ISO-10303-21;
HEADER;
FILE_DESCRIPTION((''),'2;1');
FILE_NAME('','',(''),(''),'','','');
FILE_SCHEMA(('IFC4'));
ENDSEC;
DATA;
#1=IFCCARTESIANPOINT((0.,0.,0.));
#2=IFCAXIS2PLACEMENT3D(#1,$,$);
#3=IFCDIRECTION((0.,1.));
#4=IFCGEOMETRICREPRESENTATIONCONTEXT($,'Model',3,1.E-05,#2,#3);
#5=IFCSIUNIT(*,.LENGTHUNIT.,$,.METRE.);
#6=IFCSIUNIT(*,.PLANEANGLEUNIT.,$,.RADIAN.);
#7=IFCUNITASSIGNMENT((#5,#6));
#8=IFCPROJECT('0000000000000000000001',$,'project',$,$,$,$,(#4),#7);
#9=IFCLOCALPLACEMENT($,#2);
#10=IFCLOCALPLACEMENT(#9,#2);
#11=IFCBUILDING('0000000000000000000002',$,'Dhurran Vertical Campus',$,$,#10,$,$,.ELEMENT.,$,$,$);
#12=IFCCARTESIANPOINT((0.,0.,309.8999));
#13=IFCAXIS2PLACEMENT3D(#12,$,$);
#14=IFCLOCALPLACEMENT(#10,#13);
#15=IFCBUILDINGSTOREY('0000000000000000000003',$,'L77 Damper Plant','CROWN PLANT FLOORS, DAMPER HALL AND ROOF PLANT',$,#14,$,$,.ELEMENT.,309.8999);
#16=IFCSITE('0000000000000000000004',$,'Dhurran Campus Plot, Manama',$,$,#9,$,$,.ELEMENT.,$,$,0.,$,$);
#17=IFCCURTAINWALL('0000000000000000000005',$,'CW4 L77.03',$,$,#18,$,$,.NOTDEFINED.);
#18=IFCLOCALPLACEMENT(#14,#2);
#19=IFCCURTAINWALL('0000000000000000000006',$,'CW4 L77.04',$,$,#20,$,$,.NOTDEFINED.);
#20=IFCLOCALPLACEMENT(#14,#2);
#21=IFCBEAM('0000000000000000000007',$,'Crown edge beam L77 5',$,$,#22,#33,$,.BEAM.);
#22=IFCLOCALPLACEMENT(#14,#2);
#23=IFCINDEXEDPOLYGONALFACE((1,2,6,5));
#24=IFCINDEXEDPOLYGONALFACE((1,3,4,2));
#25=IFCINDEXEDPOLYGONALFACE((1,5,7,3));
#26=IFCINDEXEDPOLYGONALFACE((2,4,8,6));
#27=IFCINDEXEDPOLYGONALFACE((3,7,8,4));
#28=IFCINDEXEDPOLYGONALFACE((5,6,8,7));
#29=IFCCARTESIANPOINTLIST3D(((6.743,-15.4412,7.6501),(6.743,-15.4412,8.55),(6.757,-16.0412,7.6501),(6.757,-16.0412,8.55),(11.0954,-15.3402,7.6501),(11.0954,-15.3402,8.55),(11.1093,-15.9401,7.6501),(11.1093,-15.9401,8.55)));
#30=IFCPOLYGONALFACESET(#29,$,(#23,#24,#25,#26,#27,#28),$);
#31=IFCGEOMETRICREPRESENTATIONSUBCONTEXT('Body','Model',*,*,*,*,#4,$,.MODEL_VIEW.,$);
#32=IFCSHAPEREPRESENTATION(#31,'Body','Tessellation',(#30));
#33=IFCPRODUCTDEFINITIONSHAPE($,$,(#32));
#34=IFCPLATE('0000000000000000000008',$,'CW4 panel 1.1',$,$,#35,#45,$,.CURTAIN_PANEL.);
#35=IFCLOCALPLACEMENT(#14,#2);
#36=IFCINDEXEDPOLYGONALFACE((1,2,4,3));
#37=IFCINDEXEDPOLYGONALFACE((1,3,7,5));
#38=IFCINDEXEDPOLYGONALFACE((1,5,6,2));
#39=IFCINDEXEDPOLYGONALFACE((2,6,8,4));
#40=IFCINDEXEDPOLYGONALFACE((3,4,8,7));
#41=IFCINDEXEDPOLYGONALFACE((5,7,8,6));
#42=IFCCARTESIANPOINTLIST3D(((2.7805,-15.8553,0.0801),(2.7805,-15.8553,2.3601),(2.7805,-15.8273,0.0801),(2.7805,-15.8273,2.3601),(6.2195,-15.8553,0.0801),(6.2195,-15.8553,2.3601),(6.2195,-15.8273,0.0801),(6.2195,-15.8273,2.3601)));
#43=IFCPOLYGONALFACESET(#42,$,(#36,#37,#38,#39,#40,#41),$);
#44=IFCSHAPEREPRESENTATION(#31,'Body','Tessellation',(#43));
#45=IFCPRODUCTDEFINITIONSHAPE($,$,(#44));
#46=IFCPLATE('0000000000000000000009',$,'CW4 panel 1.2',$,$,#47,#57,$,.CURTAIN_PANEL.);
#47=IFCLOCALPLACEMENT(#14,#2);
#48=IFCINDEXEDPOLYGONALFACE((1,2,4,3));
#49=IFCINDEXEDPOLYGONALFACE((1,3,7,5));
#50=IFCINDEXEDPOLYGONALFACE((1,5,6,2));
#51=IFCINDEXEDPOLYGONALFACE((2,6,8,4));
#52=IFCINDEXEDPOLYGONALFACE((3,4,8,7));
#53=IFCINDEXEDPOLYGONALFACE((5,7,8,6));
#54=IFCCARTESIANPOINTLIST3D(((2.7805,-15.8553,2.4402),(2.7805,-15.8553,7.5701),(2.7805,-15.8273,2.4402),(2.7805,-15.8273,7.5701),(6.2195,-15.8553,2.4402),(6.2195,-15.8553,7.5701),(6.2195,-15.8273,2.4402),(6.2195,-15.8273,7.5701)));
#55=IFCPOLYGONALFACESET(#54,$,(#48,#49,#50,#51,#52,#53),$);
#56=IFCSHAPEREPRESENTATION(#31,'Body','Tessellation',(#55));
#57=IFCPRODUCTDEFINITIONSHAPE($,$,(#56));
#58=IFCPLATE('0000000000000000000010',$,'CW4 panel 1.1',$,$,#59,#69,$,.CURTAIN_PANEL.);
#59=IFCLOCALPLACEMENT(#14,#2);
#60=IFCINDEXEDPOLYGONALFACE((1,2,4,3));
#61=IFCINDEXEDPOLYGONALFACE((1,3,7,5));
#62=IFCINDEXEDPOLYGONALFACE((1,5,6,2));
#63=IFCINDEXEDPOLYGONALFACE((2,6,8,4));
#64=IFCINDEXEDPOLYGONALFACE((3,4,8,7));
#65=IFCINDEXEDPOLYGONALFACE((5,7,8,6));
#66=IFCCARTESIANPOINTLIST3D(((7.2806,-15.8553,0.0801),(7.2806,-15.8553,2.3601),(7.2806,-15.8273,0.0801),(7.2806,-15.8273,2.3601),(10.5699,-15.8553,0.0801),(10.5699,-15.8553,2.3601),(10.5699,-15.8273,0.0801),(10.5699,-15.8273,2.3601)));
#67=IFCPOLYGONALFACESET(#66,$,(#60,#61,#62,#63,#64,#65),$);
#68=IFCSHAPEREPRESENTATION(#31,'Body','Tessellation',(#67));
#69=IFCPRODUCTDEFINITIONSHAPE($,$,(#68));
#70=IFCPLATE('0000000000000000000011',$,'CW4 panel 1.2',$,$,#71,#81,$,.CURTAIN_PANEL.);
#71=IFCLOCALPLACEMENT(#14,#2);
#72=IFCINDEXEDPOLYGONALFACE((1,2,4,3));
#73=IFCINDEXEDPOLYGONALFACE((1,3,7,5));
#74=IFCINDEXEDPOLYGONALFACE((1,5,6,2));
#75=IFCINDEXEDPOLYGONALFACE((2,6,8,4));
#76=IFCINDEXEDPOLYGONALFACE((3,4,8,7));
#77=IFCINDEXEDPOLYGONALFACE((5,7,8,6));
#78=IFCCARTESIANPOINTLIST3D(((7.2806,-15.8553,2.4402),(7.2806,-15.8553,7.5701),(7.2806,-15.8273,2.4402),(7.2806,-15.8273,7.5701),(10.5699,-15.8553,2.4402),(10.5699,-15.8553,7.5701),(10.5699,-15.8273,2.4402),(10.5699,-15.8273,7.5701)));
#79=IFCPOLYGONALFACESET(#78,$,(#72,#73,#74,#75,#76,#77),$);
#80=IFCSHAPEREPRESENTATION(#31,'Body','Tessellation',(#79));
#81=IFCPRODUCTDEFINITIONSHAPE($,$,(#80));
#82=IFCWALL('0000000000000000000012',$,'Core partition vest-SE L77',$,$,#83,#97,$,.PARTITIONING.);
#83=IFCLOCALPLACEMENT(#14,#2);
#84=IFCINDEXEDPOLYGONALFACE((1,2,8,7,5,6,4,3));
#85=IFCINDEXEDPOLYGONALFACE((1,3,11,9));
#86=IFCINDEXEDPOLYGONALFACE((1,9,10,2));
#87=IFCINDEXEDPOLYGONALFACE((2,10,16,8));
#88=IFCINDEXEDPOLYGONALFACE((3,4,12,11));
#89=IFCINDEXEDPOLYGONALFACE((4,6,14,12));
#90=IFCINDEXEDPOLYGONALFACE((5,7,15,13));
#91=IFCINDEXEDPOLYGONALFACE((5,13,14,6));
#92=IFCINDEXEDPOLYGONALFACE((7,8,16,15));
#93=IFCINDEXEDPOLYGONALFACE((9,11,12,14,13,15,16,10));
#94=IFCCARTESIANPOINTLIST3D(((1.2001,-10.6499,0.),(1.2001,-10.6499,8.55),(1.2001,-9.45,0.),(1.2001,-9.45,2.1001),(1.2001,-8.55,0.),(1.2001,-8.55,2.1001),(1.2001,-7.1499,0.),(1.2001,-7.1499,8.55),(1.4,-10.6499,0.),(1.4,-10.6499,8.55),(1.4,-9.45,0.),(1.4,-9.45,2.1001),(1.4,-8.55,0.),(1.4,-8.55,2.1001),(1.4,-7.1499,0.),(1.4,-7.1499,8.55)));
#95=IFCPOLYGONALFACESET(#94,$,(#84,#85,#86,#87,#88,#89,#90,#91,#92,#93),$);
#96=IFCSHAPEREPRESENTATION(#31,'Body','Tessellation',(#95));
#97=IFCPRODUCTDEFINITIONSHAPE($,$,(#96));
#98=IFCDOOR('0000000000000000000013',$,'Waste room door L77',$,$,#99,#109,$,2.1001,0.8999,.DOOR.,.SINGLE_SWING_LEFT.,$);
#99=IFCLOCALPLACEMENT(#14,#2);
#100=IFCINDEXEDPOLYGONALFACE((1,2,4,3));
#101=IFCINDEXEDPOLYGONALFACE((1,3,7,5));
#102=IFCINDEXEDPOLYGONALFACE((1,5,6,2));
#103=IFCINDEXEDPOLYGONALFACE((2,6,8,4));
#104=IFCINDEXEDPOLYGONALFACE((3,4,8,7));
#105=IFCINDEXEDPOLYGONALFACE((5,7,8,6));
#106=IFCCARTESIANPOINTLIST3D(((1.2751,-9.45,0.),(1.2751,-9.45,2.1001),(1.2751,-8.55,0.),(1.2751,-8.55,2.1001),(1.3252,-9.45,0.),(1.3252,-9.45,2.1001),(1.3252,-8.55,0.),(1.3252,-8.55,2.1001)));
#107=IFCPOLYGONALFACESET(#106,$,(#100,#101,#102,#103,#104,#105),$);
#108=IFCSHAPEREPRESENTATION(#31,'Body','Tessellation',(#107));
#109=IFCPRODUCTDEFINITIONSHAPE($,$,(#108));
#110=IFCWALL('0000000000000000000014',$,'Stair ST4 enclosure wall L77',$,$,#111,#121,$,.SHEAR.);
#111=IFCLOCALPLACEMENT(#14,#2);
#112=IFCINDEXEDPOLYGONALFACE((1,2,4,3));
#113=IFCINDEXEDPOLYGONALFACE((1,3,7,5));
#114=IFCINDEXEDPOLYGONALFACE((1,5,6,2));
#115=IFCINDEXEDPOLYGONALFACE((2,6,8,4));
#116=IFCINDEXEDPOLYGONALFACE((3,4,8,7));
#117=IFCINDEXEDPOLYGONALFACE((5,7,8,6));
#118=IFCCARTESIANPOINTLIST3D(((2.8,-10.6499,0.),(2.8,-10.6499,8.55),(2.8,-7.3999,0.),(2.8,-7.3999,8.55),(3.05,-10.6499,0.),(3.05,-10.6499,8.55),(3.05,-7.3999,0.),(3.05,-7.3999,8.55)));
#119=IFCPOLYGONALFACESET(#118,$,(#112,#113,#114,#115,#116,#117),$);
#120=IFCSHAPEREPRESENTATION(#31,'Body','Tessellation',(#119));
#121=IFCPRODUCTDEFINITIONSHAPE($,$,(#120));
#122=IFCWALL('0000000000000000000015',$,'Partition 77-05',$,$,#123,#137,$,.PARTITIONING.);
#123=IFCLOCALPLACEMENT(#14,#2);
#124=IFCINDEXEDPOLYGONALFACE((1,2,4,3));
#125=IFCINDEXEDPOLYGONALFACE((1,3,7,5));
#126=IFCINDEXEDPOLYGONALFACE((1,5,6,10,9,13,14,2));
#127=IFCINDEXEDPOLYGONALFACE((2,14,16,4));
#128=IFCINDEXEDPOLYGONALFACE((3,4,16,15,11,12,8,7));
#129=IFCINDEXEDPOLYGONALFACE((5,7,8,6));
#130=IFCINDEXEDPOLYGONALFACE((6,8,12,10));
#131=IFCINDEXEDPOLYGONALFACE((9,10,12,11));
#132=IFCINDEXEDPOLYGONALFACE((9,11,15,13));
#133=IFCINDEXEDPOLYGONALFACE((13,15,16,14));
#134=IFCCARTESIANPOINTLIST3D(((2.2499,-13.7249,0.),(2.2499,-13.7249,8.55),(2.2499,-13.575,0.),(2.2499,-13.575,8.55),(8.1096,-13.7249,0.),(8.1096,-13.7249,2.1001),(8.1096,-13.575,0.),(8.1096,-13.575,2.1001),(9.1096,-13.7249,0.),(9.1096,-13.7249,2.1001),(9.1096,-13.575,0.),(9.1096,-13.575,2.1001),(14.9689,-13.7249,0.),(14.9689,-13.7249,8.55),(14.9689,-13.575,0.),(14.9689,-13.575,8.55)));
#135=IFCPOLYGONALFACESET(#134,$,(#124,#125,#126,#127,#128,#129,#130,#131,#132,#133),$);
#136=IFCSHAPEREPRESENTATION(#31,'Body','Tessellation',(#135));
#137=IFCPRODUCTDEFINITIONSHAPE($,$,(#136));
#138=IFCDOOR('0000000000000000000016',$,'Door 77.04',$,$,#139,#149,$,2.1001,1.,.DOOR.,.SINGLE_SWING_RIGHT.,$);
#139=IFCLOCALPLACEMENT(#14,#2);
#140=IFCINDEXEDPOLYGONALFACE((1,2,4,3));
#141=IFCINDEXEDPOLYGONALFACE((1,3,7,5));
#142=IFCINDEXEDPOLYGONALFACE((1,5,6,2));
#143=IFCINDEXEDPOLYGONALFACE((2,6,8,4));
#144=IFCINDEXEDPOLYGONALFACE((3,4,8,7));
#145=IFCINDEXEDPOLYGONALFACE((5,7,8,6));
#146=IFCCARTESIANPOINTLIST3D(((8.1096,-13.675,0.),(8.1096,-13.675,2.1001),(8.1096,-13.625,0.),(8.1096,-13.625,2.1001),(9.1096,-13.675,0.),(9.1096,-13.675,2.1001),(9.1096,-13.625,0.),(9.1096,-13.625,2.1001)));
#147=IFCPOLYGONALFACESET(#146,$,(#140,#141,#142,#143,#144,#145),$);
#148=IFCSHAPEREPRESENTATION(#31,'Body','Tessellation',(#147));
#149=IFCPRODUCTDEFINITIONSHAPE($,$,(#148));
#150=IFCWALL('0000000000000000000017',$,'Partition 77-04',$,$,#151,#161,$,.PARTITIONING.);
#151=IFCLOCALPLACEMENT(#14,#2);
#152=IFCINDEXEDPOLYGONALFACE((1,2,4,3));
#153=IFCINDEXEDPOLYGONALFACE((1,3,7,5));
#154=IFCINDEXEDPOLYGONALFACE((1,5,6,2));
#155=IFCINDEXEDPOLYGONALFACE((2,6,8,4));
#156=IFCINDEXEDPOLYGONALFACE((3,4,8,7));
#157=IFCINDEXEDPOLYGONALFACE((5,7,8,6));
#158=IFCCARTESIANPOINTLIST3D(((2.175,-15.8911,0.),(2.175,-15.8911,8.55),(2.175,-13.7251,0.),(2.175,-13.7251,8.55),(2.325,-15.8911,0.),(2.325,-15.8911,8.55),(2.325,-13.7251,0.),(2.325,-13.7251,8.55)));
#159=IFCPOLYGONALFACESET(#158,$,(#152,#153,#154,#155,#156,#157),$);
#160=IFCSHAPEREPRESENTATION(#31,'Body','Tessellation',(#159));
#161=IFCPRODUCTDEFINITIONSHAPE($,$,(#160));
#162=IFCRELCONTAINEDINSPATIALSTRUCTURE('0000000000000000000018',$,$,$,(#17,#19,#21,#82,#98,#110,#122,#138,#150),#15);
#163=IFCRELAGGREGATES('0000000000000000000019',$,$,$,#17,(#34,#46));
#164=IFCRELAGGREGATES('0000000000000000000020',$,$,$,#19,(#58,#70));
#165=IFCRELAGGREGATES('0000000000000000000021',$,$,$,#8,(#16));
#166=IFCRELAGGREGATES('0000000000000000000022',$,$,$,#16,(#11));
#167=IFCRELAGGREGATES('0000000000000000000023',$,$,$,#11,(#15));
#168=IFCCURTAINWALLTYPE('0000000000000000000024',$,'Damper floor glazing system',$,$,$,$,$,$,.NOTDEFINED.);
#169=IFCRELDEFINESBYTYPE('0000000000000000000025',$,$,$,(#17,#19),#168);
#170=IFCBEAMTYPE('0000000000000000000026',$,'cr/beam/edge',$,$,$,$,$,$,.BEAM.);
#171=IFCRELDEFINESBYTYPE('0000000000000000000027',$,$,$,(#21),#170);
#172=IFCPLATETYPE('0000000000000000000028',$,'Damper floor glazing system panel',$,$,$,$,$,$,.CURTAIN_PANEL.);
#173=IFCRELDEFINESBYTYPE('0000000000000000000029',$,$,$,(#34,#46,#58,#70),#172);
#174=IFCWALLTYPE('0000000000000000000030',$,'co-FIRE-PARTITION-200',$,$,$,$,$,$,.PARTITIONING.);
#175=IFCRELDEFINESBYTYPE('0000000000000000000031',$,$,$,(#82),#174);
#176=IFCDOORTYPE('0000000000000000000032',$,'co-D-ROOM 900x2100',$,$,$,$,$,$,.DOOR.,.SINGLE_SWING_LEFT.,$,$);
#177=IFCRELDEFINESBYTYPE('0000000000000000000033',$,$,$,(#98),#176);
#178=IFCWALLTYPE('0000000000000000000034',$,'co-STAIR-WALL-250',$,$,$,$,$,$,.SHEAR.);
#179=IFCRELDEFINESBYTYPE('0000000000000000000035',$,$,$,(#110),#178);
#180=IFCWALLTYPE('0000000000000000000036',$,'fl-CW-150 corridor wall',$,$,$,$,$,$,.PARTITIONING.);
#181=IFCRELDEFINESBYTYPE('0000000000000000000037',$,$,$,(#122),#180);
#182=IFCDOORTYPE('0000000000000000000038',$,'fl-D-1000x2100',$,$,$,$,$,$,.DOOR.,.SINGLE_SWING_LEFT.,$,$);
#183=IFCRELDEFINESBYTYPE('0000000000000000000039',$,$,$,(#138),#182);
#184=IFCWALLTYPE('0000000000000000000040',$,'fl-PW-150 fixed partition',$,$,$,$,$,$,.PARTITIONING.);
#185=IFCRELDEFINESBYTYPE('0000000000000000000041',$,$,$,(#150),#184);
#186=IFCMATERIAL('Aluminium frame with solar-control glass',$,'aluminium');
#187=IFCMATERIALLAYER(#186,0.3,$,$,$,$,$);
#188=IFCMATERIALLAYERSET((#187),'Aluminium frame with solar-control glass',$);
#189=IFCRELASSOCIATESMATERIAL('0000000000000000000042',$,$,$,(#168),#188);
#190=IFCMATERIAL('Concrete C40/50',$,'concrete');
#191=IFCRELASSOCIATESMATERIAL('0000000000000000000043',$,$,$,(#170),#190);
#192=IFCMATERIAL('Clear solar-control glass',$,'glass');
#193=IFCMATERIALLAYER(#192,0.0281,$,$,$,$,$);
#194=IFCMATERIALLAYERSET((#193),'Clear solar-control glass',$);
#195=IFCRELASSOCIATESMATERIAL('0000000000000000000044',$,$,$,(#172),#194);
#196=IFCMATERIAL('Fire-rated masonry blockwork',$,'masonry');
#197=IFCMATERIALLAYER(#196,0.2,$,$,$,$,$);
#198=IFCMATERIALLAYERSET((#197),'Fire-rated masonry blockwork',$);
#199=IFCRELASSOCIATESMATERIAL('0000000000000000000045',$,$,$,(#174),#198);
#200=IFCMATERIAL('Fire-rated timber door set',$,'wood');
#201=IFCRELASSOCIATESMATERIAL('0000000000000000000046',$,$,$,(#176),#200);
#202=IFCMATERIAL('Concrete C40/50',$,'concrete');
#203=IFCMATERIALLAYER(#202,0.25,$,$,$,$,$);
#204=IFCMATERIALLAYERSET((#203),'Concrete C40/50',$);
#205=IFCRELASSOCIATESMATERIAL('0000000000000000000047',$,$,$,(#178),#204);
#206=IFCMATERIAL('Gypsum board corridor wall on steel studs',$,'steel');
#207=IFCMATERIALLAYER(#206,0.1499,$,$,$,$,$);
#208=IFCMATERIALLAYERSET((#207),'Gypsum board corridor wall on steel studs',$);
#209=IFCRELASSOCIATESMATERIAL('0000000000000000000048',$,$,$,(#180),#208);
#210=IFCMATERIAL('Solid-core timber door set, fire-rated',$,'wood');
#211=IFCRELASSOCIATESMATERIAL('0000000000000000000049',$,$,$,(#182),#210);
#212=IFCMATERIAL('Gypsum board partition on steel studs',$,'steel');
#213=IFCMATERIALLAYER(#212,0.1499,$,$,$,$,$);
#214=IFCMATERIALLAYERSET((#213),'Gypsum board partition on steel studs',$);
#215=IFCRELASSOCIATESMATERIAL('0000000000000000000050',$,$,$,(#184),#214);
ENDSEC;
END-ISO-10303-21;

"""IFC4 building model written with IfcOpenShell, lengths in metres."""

from ifc_helpers import new_model, si_unit, direction, frame, frame_2d, origin, origin_2d, place, context, subcontext, project, spatial, rectangle, extrude, material, layer, layer_set, material_profile, profile_set, type_object, element, fill, aggregate, save


model = new_model("IFC4")

# Units and contexts
model_context = context("Model", 3, precision=1e-05, world=origin(), true_north=direction((0.0, 1.0)))
body_context = subcontext(model_context, "Body", "Model", "MODEL_VIEW")
ifc_project = project(units=[si_unit("LENGTHUNIT", "METRE"), si_unit("PLANEANGLEUNIT", "RADIAN")], contexts=[model_context])

# Site, building, storey
site_placement = place(None, origin())
site = spatial("IfcSite", under=ifc_project, at=site_placement, Name="Dhurran Campus Plot, Manama", CompositionType="ELEMENT", RefElevation=0.0)
building_placement = place(site_placement, origin())
building = spatial("IfcBuilding", under=site, at=building_placement, Name="Dhurran Vertical Campus", CompositionType="ELEMENT")
storey_placement = place(building_placement, frame((0.0, 0.0, 309.8999)))
storey = spatial("IfcBuildingStorey", under=building, at=storey_placement, Name="L77 Damper Plant", Description="CROWN PLANT FLOORS, DAMPER HALL AND ROOF PLANT", CompositionType="ELEMENT", Elevation=309.8999)

# Shared definitions
ifc_material_1 = material(Name="Aluminium frame with solar-control glass", Category="aluminium")
ifc_layer_1 = layer(ifc_material_1, 0.3)
ifc_layer_set_1 = layer_set([ifc_layer_1], Name="Aluminium frame with solar-control glass")
curtain_wall_type = type_object("IfcCurtainWallType", Name="Damper floor glazing system", PredefinedType="NOTDEFINED", material=ifc_layer_set_1)

# Curtain walls
curtain_wall_1_placement = place(storey_placement, origin())
curtain_wall_1 = element("IfcCurtainWall", 1, at=curtain_wall_1_placement, inside=storey, type_object=curtain_wall_type, Name="CW4 L77.03", PredefinedType="NOTDEFINED")
curtain_wall_2_placement = place(storey_placement, origin())
curtain_wall_2 = element("IfcCurtainWall", 2, at=curtain_wall_2_placement, inside=storey, type_object=curtain_wall_type, Name="CW4 L77.04", PredefinedType="NOTDEFINED")

# Beam
ifc_material_2 = material(Name="Concrete C40/50", Category="concrete")
ifc_material_profile_1 = material_profile(ifc_material_2, rectangle(XDim=0.6001, YDim=0.8999, at=origin_2d()), Name="cr/beam/edge")
ifc_profile_set_1 = profile_set([ifc_material_profile_1], Name="Concrete C40/50")
beam_type = type_object("IfcBeamType", Name="cr/beam/edge", PredefinedType="BEAM", material=ifc_profile_set_1)
beam_1_placement = place(storey_placement, frame((6.75, -15.7412, 8.1001), z_axis=(0.99973, 0.023217, 0.0), x_axis=(-0.023217, 0.99973, 0.0)))
element("IfcBeam", 3, at=beam_1_placement, inside=storey, type_object=beam_type, Name="Crown edge beam L77 5", PredefinedType="BEAM", context=body_context, shape_type="SweptSolid", body=[
    extrude(rectangle(XDim=0.6001, YDim=0.8999, at=origin_2d()), origin(), (0.0, 0.0, 1.0), 4.3535),
])

# Plates
ifc_material_3 = material(Name="Clear solar-control glass", Category="glass")
ifc_layer_2 = layer(ifc_material_3, 0.0281)
ifc_layer_set_2 = layer_set([ifc_layer_2], Name="Clear solar-control glass")
plate_type = type_object("IfcPlateType", Name="Damper floor glazing system panel", PredefinedType="CURTAIN_PANEL", material=ifc_layer_set_2)
plate_1_placement = place(storey_placement, frame((4.5, -15.8413, 0.0801), z_axis=(0.0, 0.0, 1.0), x_axis=(1.0, 0.0, 0.0)))
plate_1 = element("IfcPlate", 4, at=plate_1_placement, type_object=plate_type, Name="CW4 panel 1.1", PredefinedType="CURTAIN_PANEL", context=body_context, shape_type="SweptSolid", body=[
    extrude(rectangle(XDim=3.439, YDim=0.0281, at=origin_2d()), origin(), (0.0, 0.0, 1.0), 2.28),
])
plate_2_placement = place(storey_placement, frame((4.5, -15.8413, 2.4402), z_axis=(0.0, 0.0, 1.0), x_axis=(1.0, 0.0, 0.0)))
plate_2 = element("IfcPlate", 5, at=plate_2_placement, type_object=plate_type, Name="CW4 panel 1.2", PredefinedType="CURTAIN_PANEL", context=body_context, shape_type="SweptSolid", body=[
    extrude(rectangle(XDim=3.439, YDim=0.0281, at=origin_2d()), origin(), (0.0, 0.0, 1.0), 5.1299),
])
aggregate(curtain_wall_1, [plate_1, plate_2])
plate_3_placement = place(storey_placement, frame((8.9253, -15.8413, 0.0801), z_axis=(0.0, 0.0, 1.0), x_axis=(1.0, 0.0, 0.0)))
plate_3 = element("IfcPlate", 6, at=plate_3_placement, type_object=plate_type, Name="CW4 panel 1.1", PredefinedType="CURTAIN_PANEL", context=body_context, shape_type="SweptSolid", body=[
    extrude(rectangle(XDim=3.2893, YDim=0.0281, at=origin_2d()), origin(), (0.0, 0.0, 1.0), 2.28),
])
plate_4_placement = place(storey_placement, frame((8.9253, -15.8413, 2.4402), z_axis=(0.0, 0.0, 1.0), x_axis=(1.0, 0.0, 0.0)))
plate_4 = element("IfcPlate", 7, at=plate_4_placement, type_object=plate_type, Name="CW4 panel 1.2", PredefinedType="CURTAIN_PANEL", context=body_context, shape_type="SweptSolid", body=[
    extrude(rectangle(XDim=3.2893, YDim=0.0281, at=origin_2d()), origin(), (0.0, 0.0, 1.0), 5.1299),
])
aggregate(curtain_wall_2, [plate_3, plate_4])

# Wall, opening, door
ifc_material_4 = material(Name="Fire-rated masonry blockwork", Category="masonry")
ifc_layer_3 = layer(ifc_material_4, 0.2)
ifc_layer_set_3 = layer_set([ifc_layer_3], Name="Fire-rated masonry blockwork")
wall_type_1 = type_object("IfcWallType", Name="co-FIRE-PARTITION-200", PredefinedType="PARTITIONING", material=ifc_layer_set_3)
wall_1_placement = place(storey_placement, frame((1.3, -10.6499, 0.0), z_axis=(0.0, 0.0, 1.0), x_axis=(0.0, 1.0, 0.0)))
wall_1 = element("IfcWall", 8, at=wall_1_placement, inside=storey, type_object=wall_type_1, Name="Core partition vest-SE L77", PredefinedType="PARTITIONING", context=body_context, shape_type="SweptSolid", body=[
    extrude(rectangle(XDim=3.5, YDim=0.2, at=frame_2d((1.75, 0.0))), origin(), (0.0, 0.0, 1.0), 8.55),
])
opening_1_placement = place(wall_1_placement, frame((1.2, 0.0, 0.0)))
opening_1 = element("IfcOpeningElement", 9, at=opening_1_placement, cuts=wall_1, PredefinedType="OPENING", context=body_context, shape_type="SweptSolid", body=[
    extrude(rectangle(XDim=0.8999, YDim=2.1001, at=frame_2d((0.45, 1.05))), frame((0.0, 0.1099, 0.0), z_axis=(0.0, -1.0, 0.0), x_axis=(1.0, 0.0, 0.0)), (0.0, 0.0, 1.0), 0.22),
])
ifc_material_5 = material(Name="Fire-rated timber door set", Category="wood")
door_type_1 = type_object("IfcDoorType", Name="co-D-ROOM 900x2100", OperationType="SINGLE_SWING_LEFT", PredefinedType="DOOR", material=ifc_material_5)
door_1_placement = place(opening_1_placement, origin())
door_1 = element("IfcDoor", 10, at=door_1_placement, inside=storey, type_object=door_type_1, Name="Waste room door L77", OperationType="SINGLE_SWING_LEFT", OverallHeight=2.1001, OverallWidth=0.8999, PredefinedType="DOOR", context=body_context, shape_type="SweptSolid", body=[
    extrude(rectangle(XDim=0.8999, YDim=2.1001, at=frame_2d((0.45, 1.05))), frame((0.0, 0.0249, 0.0), z_axis=(0.0, -1.0, 0.0), x_axis=(1.0, 0.0, 0.0)), (0.0, 0.0, 1.0), 0.05),
])
fill(opening_1, door_1)

# Wall
ifc_material_6 = material(Name="Concrete C40/50", Category="concrete")
ifc_layer_4 = layer(ifc_material_6, 0.25)
ifc_layer_set_4 = layer_set([ifc_layer_4], Name="Concrete C40/50")
wall_type_2 = type_object("IfcWallType", Name="co-STAIR-WALL-250", PredefinedType="SHEAR", material=ifc_layer_set_4)
wall_2_placement = place(storey_placement, frame((2.925, -10.6499, 0.0), z_axis=(0.0, 0.0, 1.0), x_axis=(0.0, 1.0, 0.0)))
element("IfcWall", 11, at=wall_2_placement, inside=storey, type_object=wall_type_2, Name="Stair ST4 enclosure wall L77", PredefinedType="SHEAR", context=body_context, shape_type="SweptSolid", body=[
    extrude(rectangle(XDim=3.25, YDim=0.25, at=frame_2d((1.625, 0.0))), origin(), (0.0, 0.0, 1.0), 8.55),
])

# Wall, opening, door
ifc_material_7 = material(Name="Gypsum board corridor wall on steel studs", Category="steel")
ifc_layer_5 = layer(ifc_material_7, 0.1499)
ifc_layer_set_5 = layer_set([ifc_layer_5], Name="Gypsum board corridor wall on steel studs")
wall_type_3 = type_object("IfcWallType", Name="fl-CW-150 corridor wall", PredefinedType="PARTITIONING", material=ifc_layer_set_5)
wall_3_placement = place(storey_placement, frame((2.25, -13.6499, 0.0), z_axis=(0.0, 0.0, 1.0), x_axis=(1.0, 0.0, 0.0)))
wall_3 = element("IfcWall", 12, at=wall_3_placement, inside=storey, type_object=wall_type_3, Name="Partition 77-05", PredefinedType="PARTITIONING", context=body_context, shape_type="SweptSolid", body=[
    extrude(rectangle(XDim=12.719, YDim=0.1499, at=frame_2d((6.3594, 0.0))), origin(), (0.0, 0.0, 1.0), 8.55),
])
opening_2_placement = place(wall_3_placement, frame((5.8596, 0.0, 0.0)))
opening_2 = element("IfcOpeningElement", 13, at=opening_2_placement, cuts=wall_3, PredefinedType="OPENING", context=body_context, shape_type="SweptSolid", body=[
    extrude(rectangle(XDim=1.0, YDim=2.1001, at=frame_2d((0.5, 1.05))), frame((0.0, 0.085, 0.0), z_axis=(0.0, -1.0, 0.0), x_axis=(1.0, 0.0, 0.0)), (0.0, 0.0, 1.0), 0.1699),
])
ifc_material_8 = material(Name="Solid-core timber door set, fire-rated", Category="wood")
door_type_2 = type_object("IfcDoorType", Name="fl-D-1000x2100", OperationType="SINGLE_SWING_LEFT", PredefinedType="DOOR", material=ifc_material_8)
door_2_placement = place(opening_2_placement, origin())
door_2 = element("IfcDoor", 14, at=door_2_placement, inside=storey, type_object=door_type_2, Name="Door 77.04", OperationType="SINGLE_SWING_RIGHT", OverallHeight=2.1001, OverallWidth=1.0, PredefinedType="DOOR", context=body_context, shape_type="SweptSolid", body=[
    extrude(rectangle(XDim=1.0, YDim=2.1001, at=frame_2d((0.5, 1.05))), frame((0.0, 0.0249, 0.0), z_axis=(0.0, -1.0, 0.0), x_axis=(1.0, 0.0, 0.0)), (0.0, 0.0, 1.0), 0.05),
])
fill(opening_2, door_2)

# Wall
ifc_material_9 = material(Name="Gypsum board partition on steel studs", Category="steel")
ifc_layer_6 = layer(ifc_material_9, 0.1499)
ifc_layer_set_6 = layer_set([ifc_layer_6], Name="Gypsum board partition on steel studs")
wall_type_4 = type_object("IfcWallType", Name="fl-PW-150 fixed partition", PredefinedType="PARTITIONING", material=ifc_layer_set_6)
wall_4_placement = place(storey_placement, frame((2.25, -13.7251, 0.0), z_axis=(0.0, 0.0, 1.0), x_axis=(0.0, -1.0, 0.0)))
element("IfcWall", 15, at=wall_4_placement, inside=storey, type_object=wall_type_4, Name="Partition 77-04", PredefinedType="PARTITIONING", context=body_context, shape_type="SweptSolid", body=[
    extrude(rectangle(XDim=2.166, YDim=0.1499, at=frame_2d((1.083, 0.0))), origin(), (0.0, 0.0, 1.0), 8.55),
])

save(model, "model.ifc")
